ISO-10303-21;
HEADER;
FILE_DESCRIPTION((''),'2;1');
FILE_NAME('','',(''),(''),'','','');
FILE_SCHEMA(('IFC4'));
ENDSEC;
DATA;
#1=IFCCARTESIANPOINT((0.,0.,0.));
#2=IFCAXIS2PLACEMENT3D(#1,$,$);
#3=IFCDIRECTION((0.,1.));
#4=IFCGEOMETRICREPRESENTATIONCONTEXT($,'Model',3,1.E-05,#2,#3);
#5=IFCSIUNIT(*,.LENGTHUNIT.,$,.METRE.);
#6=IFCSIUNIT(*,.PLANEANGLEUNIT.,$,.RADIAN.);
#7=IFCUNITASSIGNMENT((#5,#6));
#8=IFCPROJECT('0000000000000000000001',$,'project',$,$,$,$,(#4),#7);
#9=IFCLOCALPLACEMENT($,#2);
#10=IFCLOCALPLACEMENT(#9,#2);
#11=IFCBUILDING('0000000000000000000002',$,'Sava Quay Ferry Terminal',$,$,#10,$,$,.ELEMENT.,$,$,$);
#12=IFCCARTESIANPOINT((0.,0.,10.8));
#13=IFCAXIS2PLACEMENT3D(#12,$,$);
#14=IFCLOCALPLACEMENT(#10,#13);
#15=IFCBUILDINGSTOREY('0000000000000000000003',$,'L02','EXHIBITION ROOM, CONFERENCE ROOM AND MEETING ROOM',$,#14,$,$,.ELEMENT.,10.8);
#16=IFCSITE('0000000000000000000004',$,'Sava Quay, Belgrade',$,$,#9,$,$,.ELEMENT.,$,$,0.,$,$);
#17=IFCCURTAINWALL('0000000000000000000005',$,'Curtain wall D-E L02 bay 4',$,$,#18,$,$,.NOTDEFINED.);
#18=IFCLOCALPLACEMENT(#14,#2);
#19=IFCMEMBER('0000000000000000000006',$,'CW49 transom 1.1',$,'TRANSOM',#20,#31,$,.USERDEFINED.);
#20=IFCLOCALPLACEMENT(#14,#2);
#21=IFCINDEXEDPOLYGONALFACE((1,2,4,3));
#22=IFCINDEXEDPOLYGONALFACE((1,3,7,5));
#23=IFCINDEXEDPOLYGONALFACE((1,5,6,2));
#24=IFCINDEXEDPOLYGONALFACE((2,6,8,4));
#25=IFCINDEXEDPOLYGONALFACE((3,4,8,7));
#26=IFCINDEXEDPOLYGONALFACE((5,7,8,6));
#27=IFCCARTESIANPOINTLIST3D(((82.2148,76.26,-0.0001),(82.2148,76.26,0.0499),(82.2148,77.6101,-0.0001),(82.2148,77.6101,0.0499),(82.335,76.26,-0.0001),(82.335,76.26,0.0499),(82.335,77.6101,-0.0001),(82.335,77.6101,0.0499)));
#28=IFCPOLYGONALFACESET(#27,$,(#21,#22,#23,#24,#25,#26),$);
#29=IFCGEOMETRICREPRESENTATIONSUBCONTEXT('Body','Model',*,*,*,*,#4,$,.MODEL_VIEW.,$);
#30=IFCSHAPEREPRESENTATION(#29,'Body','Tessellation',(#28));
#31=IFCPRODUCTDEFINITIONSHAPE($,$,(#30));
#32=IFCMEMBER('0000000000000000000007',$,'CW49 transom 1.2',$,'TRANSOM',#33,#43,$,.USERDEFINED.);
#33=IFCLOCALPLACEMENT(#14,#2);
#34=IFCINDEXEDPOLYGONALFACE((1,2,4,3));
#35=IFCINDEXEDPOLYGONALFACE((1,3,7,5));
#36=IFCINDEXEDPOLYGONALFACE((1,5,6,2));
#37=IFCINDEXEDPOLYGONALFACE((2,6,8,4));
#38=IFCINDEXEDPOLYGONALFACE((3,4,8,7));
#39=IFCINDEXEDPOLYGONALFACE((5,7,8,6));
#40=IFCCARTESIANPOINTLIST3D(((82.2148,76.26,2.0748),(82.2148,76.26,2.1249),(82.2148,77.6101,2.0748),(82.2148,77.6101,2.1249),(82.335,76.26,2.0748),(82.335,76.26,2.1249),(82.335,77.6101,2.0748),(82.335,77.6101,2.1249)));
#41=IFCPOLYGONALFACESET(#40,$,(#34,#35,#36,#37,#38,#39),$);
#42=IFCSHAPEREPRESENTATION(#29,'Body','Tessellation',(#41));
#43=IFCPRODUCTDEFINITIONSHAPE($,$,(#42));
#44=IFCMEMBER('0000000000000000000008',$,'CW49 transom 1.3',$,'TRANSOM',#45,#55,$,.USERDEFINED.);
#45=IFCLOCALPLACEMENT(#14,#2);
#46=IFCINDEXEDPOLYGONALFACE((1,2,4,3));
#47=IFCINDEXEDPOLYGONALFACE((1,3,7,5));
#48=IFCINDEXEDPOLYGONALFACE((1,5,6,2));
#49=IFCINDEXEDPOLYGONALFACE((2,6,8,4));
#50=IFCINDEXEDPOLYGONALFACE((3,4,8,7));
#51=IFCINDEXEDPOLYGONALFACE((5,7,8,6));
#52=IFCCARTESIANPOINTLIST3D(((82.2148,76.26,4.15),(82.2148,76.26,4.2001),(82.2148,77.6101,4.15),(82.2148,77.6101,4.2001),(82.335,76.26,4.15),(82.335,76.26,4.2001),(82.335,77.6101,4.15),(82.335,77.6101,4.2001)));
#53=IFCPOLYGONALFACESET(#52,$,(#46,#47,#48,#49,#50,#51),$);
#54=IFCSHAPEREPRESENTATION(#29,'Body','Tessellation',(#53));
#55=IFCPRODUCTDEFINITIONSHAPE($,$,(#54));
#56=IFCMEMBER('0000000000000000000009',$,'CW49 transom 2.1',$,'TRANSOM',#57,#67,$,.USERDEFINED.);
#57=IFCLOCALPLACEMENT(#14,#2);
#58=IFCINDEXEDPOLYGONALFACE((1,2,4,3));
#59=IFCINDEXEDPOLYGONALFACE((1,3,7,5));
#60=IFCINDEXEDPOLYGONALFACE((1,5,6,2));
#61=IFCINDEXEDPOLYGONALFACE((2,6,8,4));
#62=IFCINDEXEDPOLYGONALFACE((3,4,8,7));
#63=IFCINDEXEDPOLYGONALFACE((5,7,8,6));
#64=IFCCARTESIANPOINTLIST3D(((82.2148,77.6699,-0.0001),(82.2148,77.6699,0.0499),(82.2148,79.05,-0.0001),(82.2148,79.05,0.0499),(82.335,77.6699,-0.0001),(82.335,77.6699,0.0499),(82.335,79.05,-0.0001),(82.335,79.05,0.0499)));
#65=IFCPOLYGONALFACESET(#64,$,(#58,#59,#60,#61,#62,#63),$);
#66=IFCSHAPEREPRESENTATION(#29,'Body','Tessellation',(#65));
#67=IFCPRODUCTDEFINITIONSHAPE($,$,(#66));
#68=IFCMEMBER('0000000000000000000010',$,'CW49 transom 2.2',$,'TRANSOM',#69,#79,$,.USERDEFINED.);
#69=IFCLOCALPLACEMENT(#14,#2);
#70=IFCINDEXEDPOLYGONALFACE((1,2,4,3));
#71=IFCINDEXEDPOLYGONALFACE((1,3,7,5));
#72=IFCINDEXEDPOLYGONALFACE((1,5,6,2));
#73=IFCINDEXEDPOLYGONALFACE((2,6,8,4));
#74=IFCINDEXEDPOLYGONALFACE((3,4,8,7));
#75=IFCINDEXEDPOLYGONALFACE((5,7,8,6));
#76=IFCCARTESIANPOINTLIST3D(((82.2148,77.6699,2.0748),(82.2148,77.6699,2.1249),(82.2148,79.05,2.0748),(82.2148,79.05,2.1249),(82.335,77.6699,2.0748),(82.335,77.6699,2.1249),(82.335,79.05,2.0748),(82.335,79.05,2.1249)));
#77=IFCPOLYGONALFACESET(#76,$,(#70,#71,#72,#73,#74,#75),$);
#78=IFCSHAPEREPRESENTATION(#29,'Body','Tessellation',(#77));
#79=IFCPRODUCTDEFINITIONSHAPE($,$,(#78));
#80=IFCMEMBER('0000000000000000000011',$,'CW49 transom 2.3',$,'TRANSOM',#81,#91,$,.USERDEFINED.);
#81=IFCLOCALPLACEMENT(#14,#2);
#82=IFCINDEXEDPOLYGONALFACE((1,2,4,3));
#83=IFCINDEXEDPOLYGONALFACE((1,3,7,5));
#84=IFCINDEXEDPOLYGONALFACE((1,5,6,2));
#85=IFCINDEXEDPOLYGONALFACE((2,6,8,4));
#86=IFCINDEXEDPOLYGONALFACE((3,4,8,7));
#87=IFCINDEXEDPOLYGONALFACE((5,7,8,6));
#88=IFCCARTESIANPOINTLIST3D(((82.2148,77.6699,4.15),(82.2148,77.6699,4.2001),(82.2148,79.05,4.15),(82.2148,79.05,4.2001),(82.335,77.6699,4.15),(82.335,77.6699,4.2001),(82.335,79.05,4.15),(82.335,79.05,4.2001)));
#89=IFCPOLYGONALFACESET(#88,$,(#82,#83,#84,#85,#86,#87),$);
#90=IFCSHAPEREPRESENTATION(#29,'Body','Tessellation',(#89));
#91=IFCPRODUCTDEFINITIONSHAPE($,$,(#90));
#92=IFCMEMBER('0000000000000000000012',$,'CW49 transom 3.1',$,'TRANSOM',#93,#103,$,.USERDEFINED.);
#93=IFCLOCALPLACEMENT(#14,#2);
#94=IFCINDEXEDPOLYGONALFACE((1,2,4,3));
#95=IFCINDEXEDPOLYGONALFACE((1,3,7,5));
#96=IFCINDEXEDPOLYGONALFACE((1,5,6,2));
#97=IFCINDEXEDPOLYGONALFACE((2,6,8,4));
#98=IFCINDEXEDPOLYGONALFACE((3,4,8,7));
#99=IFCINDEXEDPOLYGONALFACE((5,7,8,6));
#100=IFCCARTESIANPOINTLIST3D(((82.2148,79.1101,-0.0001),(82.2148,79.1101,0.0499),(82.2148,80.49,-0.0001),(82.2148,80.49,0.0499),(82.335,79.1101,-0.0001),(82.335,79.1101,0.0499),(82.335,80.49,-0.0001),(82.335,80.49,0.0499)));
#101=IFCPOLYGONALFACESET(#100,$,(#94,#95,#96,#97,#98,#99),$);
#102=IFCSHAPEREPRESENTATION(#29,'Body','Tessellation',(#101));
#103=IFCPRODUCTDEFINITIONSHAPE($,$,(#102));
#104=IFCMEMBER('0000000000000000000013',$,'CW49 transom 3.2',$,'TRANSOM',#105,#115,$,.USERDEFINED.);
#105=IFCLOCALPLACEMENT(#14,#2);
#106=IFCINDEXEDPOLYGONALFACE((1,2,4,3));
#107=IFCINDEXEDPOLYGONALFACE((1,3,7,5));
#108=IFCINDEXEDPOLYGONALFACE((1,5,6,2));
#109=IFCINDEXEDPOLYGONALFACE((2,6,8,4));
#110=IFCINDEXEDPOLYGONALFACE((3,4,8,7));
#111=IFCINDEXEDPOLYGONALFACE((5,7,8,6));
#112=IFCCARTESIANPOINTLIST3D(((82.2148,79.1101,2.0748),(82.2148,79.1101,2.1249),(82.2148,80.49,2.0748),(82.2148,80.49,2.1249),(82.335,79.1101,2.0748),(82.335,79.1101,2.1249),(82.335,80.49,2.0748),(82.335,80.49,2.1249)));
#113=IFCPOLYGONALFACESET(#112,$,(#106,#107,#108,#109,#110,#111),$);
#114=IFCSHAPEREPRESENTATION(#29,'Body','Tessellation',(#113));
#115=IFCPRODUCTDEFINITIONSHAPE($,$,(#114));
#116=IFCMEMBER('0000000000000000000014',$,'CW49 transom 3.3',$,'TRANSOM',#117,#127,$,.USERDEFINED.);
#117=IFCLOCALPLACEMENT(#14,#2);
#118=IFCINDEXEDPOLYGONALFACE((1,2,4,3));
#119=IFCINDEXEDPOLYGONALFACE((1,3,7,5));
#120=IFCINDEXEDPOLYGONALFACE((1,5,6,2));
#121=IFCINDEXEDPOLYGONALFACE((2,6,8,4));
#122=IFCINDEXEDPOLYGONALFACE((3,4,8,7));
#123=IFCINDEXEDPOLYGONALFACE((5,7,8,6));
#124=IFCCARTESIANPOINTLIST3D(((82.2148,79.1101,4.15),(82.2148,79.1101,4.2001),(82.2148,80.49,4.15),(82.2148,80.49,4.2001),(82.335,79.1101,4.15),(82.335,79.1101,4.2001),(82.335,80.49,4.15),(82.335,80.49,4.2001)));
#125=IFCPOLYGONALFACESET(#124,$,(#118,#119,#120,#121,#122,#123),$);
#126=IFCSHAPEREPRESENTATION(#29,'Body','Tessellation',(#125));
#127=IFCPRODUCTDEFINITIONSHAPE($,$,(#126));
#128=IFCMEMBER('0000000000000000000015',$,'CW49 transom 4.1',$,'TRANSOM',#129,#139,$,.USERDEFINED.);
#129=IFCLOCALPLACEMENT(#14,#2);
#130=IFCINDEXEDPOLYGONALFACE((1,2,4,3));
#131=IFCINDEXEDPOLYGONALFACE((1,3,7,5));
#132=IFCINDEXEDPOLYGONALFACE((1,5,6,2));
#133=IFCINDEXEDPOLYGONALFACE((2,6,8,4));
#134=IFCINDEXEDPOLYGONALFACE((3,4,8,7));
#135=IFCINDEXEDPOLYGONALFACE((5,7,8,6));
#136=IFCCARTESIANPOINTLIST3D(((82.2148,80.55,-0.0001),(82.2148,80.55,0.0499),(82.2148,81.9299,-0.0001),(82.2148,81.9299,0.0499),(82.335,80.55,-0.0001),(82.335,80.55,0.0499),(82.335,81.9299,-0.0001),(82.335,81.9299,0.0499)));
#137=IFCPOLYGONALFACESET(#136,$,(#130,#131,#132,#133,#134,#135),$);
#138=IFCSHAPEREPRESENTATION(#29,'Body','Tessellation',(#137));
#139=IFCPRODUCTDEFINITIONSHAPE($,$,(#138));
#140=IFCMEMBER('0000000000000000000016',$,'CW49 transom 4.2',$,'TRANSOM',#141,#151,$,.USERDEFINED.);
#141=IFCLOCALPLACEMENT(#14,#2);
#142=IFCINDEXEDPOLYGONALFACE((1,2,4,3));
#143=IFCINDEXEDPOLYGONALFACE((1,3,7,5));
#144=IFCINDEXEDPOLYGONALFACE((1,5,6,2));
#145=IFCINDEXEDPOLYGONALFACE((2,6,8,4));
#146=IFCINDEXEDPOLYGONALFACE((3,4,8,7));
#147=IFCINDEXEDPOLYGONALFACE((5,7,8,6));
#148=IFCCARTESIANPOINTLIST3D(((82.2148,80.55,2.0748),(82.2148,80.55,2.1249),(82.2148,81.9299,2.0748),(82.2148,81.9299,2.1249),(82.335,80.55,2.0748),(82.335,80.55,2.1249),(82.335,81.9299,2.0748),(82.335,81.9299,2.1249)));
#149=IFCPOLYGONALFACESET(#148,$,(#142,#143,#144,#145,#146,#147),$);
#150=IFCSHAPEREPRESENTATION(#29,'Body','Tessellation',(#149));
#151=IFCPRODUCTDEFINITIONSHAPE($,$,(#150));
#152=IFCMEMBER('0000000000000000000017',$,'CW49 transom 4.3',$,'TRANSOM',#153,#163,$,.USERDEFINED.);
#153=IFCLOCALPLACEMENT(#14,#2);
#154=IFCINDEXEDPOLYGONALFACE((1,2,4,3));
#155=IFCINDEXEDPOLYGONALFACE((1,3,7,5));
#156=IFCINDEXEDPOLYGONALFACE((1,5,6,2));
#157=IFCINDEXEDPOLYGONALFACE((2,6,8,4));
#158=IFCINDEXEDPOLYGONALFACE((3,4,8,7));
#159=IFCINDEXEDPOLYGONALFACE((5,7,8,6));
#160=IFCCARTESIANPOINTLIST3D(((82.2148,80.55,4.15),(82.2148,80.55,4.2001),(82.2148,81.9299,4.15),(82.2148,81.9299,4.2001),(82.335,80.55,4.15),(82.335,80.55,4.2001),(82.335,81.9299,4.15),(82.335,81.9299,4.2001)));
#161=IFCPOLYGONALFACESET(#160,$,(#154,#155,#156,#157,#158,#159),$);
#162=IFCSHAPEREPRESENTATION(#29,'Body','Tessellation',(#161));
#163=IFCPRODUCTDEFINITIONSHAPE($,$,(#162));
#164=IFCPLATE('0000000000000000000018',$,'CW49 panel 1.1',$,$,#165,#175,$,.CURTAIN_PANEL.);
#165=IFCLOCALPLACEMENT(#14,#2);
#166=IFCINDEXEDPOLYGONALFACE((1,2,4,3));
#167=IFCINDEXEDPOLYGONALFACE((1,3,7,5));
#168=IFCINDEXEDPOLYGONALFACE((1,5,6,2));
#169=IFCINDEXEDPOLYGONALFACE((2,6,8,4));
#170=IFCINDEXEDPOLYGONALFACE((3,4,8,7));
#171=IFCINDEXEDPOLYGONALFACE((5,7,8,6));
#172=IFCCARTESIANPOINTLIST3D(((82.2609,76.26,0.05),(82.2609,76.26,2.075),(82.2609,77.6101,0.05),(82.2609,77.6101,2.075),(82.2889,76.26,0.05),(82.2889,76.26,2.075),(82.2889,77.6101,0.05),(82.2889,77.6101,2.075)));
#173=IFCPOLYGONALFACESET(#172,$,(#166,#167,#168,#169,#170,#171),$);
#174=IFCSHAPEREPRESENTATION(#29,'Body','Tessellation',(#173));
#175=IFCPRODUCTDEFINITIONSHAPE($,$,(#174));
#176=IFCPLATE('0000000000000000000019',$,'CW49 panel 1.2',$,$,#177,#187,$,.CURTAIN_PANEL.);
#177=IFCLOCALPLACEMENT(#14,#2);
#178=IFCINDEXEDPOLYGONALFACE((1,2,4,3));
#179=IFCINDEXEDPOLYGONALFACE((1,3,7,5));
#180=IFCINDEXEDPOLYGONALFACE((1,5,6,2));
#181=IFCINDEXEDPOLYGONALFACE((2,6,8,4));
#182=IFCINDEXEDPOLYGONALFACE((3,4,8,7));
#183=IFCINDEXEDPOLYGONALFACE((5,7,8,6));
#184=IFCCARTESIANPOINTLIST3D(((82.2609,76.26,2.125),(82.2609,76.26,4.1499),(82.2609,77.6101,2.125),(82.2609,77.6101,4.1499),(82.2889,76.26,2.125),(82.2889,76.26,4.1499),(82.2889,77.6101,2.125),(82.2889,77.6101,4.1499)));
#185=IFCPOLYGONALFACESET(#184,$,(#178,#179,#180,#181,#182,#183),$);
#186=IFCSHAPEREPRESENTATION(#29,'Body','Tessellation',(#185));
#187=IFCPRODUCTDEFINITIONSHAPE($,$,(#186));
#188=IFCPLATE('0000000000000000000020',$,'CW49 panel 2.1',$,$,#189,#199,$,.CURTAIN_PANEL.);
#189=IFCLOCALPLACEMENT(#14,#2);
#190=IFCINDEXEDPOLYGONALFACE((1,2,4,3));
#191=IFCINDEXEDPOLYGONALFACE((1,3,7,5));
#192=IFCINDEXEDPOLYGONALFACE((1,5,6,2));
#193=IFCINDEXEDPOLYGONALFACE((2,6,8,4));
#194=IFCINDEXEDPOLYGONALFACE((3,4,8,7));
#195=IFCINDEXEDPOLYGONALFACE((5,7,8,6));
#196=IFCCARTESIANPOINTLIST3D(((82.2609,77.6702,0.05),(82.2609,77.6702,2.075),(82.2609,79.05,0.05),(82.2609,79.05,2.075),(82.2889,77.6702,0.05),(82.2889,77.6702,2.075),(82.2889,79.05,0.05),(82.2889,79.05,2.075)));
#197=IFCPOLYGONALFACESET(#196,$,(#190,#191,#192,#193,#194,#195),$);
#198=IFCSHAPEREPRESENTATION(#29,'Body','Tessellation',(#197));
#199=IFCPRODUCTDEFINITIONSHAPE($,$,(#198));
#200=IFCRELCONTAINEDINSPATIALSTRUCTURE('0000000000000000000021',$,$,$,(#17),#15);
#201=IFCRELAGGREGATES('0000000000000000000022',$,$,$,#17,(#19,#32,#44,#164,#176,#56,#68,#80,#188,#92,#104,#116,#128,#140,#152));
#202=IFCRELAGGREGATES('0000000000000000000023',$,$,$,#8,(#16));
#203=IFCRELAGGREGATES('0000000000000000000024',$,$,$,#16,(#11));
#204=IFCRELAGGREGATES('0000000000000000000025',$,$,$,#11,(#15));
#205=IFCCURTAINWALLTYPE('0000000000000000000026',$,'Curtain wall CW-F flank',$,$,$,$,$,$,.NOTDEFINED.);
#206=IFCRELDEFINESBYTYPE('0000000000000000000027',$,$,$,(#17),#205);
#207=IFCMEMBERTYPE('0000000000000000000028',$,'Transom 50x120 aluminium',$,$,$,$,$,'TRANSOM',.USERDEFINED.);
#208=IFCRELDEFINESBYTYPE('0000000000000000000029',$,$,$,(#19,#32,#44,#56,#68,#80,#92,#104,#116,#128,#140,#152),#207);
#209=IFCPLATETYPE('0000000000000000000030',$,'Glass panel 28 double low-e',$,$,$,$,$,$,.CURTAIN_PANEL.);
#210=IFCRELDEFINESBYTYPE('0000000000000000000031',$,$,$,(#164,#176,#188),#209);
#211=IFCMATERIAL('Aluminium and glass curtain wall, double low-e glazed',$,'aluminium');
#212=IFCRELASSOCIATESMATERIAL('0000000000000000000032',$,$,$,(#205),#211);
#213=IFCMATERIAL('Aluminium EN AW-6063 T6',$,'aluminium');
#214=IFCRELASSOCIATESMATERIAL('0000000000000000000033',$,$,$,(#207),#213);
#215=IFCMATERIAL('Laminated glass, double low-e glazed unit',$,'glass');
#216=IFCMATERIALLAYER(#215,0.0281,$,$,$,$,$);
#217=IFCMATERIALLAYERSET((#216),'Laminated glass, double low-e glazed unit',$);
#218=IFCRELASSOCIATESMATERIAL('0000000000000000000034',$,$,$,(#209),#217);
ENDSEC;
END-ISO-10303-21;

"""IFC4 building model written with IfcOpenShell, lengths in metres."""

from ifc_helpers import new_model, si_unit, direction, frame, origin, origin_2d, place, context, subcontext, project, spatial, rectangle, extrude, material, layer, layer_set, material_profile, profile_set, type_object, element, aggregate, save


model = new_model("IFC4")

# Units and contexts
model_context = context("Model", 3, precision=1e-05, world=origin(), true_north=direction((0.0, 1.0)))
body_context = subcontext(model_context, "Body", "Model", "MODEL_VIEW")
ifc_project = project(units=[si_unit("LENGTHUNIT", "METRE"), si_unit("PLANEANGLEUNIT", "RADIAN")], contexts=[model_context])

# Site, building, storey
site_placement = place(None, origin())
site = spatial("IfcSite", under=ifc_project, at=site_placement, Name="Sava Quay, Belgrade", CompositionType="ELEMENT", RefElevation=0.0)
building_placement = place(site_placement, origin())
building = spatial("IfcBuilding", under=site, at=building_placement, Name="Sava Quay Ferry Terminal", CompositionType="ELEMENT")
storey_placement = place(building_placement, frame((0.0, 0.0, 10.8)))
storey = spatial("IfcBuildingStorey", under=building, at=storey_placement, Name="L02", Description="EXHIBITION ROOM, CONFERENCE ROOM AND MEETING ROOM", CompositionType="ELEMENT", Elevation=10.8)

# Curtain wall, members, plates
ifc_material_1 = material(Name="Aluminium and glass curtain wall, double low-e glazed", Category="aluminium")
curtain_wall_type = type_object("IfcCurtainWallType", Name="Curtain wall CW-F flank", PredefinedType="NOTDEFINED", material=ifc_material_1)
curtain_wall_placement = place(storey_placement, origin())
curtain_wall = element("IfcCurtainWall", 1, at=curtain_wall_placement, inside=storey, type_object=curtain_wall_type, Name="Curtain wall D-E L02 bay 4", PredefinedType="NOTDEFINED")
ifc_material_2 = material(Name="Aluminium EN AW-6063 T6", Category="aluminium")
ifc_material_profile_1 = material_profile(ifc_material_2, rectangle(XDim=0.1201, YDim=0.05, at=origin_2d()), Name="Transom 50x120 aluminium")
ifc_profile_set_1 = profile_set([ifc_material_profile_1], Name="Aluminium EN AW-6063 T6")
member_type_1 = type_object("IfcMemberType", Name="Transom 50x120 aluminium", ElementType="TRANSOM", PredefinedType="USERDEFINED", material=ifc_profile_set_1)
member_1_placement = place(storey_placement, frame((82.2749, 76.26, 0.0249), z_axis=(0.0, 1.0, 0.0), x_axis=(-1.0, 0.0, 0.0)))
member_1 = element("IfcMember", 2, at=member_1_placement, type_object=member_type_1, Name="CW49 transom 1.1", ObjectType="TRANSOM", PredefinedType="USERDEFINED", context=body_context, shape_type="SweptSolid", body=[
    extrude(rectangle(XDim=0.1201, YDim=0.05, at=origin_2d()), origin(), (0.0, 0.0, 1.0), 1.3501),
])
member_2_placement = place(storey_placement, frame((82.2749, 76.26, 2.0999), z_axis=(0.0, 1.0, 0.0), x_axis=(-1.0, 0.0, 0.0)))
member_2 = element("IfcMember", 3, at=member_2_placement, type_object=member_type_1, Name="CW49 transom 1.2", ObjectType="TRANSOM", PredefinedType="USERDEFINED", context=body_context, shape_type="SweptSolid", body=[
    extrude(rectangle(XDim=0.1201, YDim=0.05, at=origin_2d()), origin(), (0.0, 0.0, 1.0), 1.3501),
])
member_3_placement = place(storey_placement, frame((82.2749, 76.26, 4.175), z_axis=(0.0, 1.0, 0.0), x_axis=(-1.0, 0.0, 0.0)))
member_3 = element("IfcMember", 4, at=member_3_placement, type_object=member_type_1, Name="CW49 transom 1.3", ObjectType="TRANSOM", PredefinedType="USERDEFINED", context=body_context, shape_type="SweptSolid", body=[
    extrude(rectangle(XDim=0.1201, YDim=0.05, at=origin_2d()), origin(), (0.0, 0.0, 1.0), 1.3501),
])
member_4_placement = place(storey_placement, frame((82.2749, 77.6699, 0.0249), z_axis=(0.0, 1.0, 0.0), x_axis=(-1.0, 0.0, 0.0)))
member_4 = element("IfcMember", 5, at=member_4_placement, type_object=member_type_1, Name="CW49 transom 2.1", ObjectType="TRANSOM", PredefinedType="USERDEFINED", context=body_context, shape_type="SweptSolid", body=[
    extrude(rectangle(XDim=0.1201, YDim=0.05, at=origin_2d()), origin(), (0.0, 0.0, 1.0), 1.3801),
])
member_5_placement = place(storey_placement, frame((82.2749, 77.6699, 2.0999), z_axis=(0.0, 1.0, 0.0), x_axis=(-1.0, 0.0, 0.0)))
member_5 = element("IfcMember", 6, at=member_5_placement, type_object=member_type_1, Name="CW49 transom 2.2", ObjectType="TRANSOM", PredefinedType="USERDEFINED", context=body_context, shape_type="SweptSolid", body=[
    extrude(rectangle(XDim=0.1201, YDim=0.05, at=origin_2d()), origin(), (0.0, 0.0, 1.0), 1.3801),
])
member_6_placement = place(storey_placement, frame((82.2749, 77.6699, 4.175), z_axis=(0.0, 1.0, 0.0), x_axis=(-1.0, 0.0, 0.0)))
member_6 = element("IfcMember", 7, at=member_6_placement, type_object=member_type_1, Name="CW49 transom 2.3", ObjectType="TRANSOM", PredefinedType="USERDEFINED", context=body_context, shape_type="SweptSolid", body=[
    extrude(rectangle(XDim=0.1201, YDim=0.05, at=origin_2d()), origin(), (0.0, 0.0, 1.0), 1.3801),
])
member_7_placement = place(storey_placement, frame((82.2749, 79.1101, 0.0249), z_axis=(0.0, 1.0, 0.0), x_axis=(-1.0, 0.0, 0.0)))
member_7 = element("IfcMember", 8, at=member_7_placement, type_object=member_type_1, Name="CW49 transom 3.1", ObjectType="TRANSOM", PredefinedType="USERDEFINED", context=body_context, shape_type="SweptSolid", body=[
    extrude(rectangle(XDim=0.1201, YDim=0.05, at=origin_2d()), origin(), (0.0, 0.0, 1.0), 1.3799),
])
member_8_placement = place(storey_placement, frame((82.2749, 79.1101, 2.0999), z_axis=(0.0, 1.0, 0.0), x_axis=(-1.0, 0.0, 0.0)))
member_8 = element("IfcMember", 9, at=member_8_placement, type_object=member_type_1, Name="CW49 transom 3.2", ObjectType="TRANSOM", PredefinedType="USERDEFINED", context=body_context, shape_type="SweptSolid", body=[
    extrude(rectangle(XDim=0.1201, YDim=0.05, at=origin_2d()), origin(), (0.0, 0.0, 1.0), 1.3799),
])
member_9_placement = place(storey_placement, frame((82.2749, 79.1101, 4.175), z_axis=(0.0, 1.0, 0.0), x_axis=(-1.0, 0.0, 0.0)))
member_9 = element("IfcMember", 10, at=member_9_placement, type_object=member_type_1, Name="CW49 transom 3.3", ObjectType="TRANSOM", PredefinedType="USERDEFINED", context=body_context, shape_type="SweptSolid", body=[
    extrude(rectangle(XDim=0.1201, YDim=0.05, at=origin_2d()), origin(), (0.0, 0.0, 1.0), 1.3799),
])
member_10_placement = place(storey_placement, frame((82.2749, 80.55, 0.0249), z_axis=(0.0, 1.0, 0.0), x_axis=(-1.0, 0.0, 0.0)))
member_10 = element("IfcMember", 11, at=member_10_placement, type_object=member_type_1, Name="CW49 transom 4.1", ObjectType="TRANSOM", PredefinedType="USERDEFINED", context=body_context, shape_type="SweptSolid", body=[
    extrude(rectangle(XDim=0.1201, YDim=0.05, at=origin_2d()), origin(), (0.0, 0.0, 1.0), 1.3799),
])
member_11_placement = place(storey_placement, frame((82.2749, 80.55, 2.0999), z_axis=(0.0, 1.0, 0.0), x_axis=(-1.0, 0.0, 0.0)))
member_11 = element("IfcMember", 12, at=member_11_placement, type_object=member_type_1, Name="CW49 transom 4.2", ObjectType="TRANSOM", PredefinedType="USERDEFINED", context=body_context, shape_type="SweptSolid", body=[
    extrude(rectangle(XDim=0.1201, YDim=0.05, at=origin_2d()), origin(), (0.0, 0.0, 1.0), 1.3799),
])
member_12_placement = place(storey_placement, frame((82.2749, 80.55, 4.175), z_axis=(0.0, 1.0, 0.0), x_axis=(-1.0, 0.0, 0.0)))
member_12 = element("IfcMember", 13, at=member_12_placement, type_object=member_type_1, Name="CW49 transom 4.3", ObjectType="TRANSOM", PredefinedType="USERDEFINED", context=body_context, shape_type="SweptSolid", body=[
    extrude(rectangle(XDim=0.1201, YDim=0.05, at=origin_2d()), origin(), (0.0, 0.0, 1.0), 1.3799),
])
ifc_material_3 = material(Name="Laminated glass, double low-e glazed unit", Category="glass")
ifc_layer = layer(ifc_material_3, 0.0281)
ifc_layer_set = layer_set([ifc_layer], Name="Laminated glass, double low-e glazed unit")
plate_type = type_object("IfcPlateType", Name="Glass panel 28 double low-e", PredefinedType="CURTAIN_PANEL", material=ifc_layer_set)
plate_1_placement = place(storey_placement, frame((82.2749, 76.9351, 0.05), z_axis=(0.0, 0.0, 1.0), x_axis=(0.0, 1.0, 0.0)))
plate_1 = element("IfcPlate", 14, at=plate_1_placement, type_object=plate_type, Name="CW49 panel 1.1", PredefinedType="CURTAIN_PANEL", context=body_context, shape_type="SweptSolid", body=[
    extrude(rectangle(XDim=1.3501, YDim=0.0281, at=origin_2d()), origin(), (0.0, 0.0, 1.0), 2.0249),
])
plate_2_placement = place(storey_placement, frame((82.2749, 76.9351, 2.125), z_axis=(0.0, 0.0, 1.0), x_axis=(0.0, 1.0, 0.0)))
plate_2 = element("IfcPlate", 15, at=plate_2_placement, type_object=plate_type, Name="CW49 panel 1.2", PredefinedType="CURTAIN_PANEL", context=body_context, shape_type="SweptSolid", body=[
    extrude(rectangle(XDim=1.3501, YDim=0.0281, at=origin_2d()), origin(), (0.0, 0.0, 1.0), 2.0249),
])
plate_3_placement = place(storey_placement, frame((82.2749, 78.3601, 0.05), z_axis=(0.0, 0.0, 1.0), x_axis=(0.0, 1.0, 0.0)))
plate_3 = element("IfcPlate", 16, at=plate_3_placement, type_object=plate_type, Name="CW49 panel 2.1", PredefinedType="CURTAIN_PANEL", context=body_context, shape_type="SweptSolid", body=[
    extrude(rectangle(XDim=1.3799, YDim=0.0281, at=origin_2d()), origin(), (0.0, 0.0, 1.0), 2.0249),
])
aggregate(curtain_wall, [member_1, member_2, member_3, plate_1, plate_2, member_4, member_5, member_6, plate_3, member_7, member_8, member_9, member_10, member_11, member_12])

save(model, "model.ifc")
